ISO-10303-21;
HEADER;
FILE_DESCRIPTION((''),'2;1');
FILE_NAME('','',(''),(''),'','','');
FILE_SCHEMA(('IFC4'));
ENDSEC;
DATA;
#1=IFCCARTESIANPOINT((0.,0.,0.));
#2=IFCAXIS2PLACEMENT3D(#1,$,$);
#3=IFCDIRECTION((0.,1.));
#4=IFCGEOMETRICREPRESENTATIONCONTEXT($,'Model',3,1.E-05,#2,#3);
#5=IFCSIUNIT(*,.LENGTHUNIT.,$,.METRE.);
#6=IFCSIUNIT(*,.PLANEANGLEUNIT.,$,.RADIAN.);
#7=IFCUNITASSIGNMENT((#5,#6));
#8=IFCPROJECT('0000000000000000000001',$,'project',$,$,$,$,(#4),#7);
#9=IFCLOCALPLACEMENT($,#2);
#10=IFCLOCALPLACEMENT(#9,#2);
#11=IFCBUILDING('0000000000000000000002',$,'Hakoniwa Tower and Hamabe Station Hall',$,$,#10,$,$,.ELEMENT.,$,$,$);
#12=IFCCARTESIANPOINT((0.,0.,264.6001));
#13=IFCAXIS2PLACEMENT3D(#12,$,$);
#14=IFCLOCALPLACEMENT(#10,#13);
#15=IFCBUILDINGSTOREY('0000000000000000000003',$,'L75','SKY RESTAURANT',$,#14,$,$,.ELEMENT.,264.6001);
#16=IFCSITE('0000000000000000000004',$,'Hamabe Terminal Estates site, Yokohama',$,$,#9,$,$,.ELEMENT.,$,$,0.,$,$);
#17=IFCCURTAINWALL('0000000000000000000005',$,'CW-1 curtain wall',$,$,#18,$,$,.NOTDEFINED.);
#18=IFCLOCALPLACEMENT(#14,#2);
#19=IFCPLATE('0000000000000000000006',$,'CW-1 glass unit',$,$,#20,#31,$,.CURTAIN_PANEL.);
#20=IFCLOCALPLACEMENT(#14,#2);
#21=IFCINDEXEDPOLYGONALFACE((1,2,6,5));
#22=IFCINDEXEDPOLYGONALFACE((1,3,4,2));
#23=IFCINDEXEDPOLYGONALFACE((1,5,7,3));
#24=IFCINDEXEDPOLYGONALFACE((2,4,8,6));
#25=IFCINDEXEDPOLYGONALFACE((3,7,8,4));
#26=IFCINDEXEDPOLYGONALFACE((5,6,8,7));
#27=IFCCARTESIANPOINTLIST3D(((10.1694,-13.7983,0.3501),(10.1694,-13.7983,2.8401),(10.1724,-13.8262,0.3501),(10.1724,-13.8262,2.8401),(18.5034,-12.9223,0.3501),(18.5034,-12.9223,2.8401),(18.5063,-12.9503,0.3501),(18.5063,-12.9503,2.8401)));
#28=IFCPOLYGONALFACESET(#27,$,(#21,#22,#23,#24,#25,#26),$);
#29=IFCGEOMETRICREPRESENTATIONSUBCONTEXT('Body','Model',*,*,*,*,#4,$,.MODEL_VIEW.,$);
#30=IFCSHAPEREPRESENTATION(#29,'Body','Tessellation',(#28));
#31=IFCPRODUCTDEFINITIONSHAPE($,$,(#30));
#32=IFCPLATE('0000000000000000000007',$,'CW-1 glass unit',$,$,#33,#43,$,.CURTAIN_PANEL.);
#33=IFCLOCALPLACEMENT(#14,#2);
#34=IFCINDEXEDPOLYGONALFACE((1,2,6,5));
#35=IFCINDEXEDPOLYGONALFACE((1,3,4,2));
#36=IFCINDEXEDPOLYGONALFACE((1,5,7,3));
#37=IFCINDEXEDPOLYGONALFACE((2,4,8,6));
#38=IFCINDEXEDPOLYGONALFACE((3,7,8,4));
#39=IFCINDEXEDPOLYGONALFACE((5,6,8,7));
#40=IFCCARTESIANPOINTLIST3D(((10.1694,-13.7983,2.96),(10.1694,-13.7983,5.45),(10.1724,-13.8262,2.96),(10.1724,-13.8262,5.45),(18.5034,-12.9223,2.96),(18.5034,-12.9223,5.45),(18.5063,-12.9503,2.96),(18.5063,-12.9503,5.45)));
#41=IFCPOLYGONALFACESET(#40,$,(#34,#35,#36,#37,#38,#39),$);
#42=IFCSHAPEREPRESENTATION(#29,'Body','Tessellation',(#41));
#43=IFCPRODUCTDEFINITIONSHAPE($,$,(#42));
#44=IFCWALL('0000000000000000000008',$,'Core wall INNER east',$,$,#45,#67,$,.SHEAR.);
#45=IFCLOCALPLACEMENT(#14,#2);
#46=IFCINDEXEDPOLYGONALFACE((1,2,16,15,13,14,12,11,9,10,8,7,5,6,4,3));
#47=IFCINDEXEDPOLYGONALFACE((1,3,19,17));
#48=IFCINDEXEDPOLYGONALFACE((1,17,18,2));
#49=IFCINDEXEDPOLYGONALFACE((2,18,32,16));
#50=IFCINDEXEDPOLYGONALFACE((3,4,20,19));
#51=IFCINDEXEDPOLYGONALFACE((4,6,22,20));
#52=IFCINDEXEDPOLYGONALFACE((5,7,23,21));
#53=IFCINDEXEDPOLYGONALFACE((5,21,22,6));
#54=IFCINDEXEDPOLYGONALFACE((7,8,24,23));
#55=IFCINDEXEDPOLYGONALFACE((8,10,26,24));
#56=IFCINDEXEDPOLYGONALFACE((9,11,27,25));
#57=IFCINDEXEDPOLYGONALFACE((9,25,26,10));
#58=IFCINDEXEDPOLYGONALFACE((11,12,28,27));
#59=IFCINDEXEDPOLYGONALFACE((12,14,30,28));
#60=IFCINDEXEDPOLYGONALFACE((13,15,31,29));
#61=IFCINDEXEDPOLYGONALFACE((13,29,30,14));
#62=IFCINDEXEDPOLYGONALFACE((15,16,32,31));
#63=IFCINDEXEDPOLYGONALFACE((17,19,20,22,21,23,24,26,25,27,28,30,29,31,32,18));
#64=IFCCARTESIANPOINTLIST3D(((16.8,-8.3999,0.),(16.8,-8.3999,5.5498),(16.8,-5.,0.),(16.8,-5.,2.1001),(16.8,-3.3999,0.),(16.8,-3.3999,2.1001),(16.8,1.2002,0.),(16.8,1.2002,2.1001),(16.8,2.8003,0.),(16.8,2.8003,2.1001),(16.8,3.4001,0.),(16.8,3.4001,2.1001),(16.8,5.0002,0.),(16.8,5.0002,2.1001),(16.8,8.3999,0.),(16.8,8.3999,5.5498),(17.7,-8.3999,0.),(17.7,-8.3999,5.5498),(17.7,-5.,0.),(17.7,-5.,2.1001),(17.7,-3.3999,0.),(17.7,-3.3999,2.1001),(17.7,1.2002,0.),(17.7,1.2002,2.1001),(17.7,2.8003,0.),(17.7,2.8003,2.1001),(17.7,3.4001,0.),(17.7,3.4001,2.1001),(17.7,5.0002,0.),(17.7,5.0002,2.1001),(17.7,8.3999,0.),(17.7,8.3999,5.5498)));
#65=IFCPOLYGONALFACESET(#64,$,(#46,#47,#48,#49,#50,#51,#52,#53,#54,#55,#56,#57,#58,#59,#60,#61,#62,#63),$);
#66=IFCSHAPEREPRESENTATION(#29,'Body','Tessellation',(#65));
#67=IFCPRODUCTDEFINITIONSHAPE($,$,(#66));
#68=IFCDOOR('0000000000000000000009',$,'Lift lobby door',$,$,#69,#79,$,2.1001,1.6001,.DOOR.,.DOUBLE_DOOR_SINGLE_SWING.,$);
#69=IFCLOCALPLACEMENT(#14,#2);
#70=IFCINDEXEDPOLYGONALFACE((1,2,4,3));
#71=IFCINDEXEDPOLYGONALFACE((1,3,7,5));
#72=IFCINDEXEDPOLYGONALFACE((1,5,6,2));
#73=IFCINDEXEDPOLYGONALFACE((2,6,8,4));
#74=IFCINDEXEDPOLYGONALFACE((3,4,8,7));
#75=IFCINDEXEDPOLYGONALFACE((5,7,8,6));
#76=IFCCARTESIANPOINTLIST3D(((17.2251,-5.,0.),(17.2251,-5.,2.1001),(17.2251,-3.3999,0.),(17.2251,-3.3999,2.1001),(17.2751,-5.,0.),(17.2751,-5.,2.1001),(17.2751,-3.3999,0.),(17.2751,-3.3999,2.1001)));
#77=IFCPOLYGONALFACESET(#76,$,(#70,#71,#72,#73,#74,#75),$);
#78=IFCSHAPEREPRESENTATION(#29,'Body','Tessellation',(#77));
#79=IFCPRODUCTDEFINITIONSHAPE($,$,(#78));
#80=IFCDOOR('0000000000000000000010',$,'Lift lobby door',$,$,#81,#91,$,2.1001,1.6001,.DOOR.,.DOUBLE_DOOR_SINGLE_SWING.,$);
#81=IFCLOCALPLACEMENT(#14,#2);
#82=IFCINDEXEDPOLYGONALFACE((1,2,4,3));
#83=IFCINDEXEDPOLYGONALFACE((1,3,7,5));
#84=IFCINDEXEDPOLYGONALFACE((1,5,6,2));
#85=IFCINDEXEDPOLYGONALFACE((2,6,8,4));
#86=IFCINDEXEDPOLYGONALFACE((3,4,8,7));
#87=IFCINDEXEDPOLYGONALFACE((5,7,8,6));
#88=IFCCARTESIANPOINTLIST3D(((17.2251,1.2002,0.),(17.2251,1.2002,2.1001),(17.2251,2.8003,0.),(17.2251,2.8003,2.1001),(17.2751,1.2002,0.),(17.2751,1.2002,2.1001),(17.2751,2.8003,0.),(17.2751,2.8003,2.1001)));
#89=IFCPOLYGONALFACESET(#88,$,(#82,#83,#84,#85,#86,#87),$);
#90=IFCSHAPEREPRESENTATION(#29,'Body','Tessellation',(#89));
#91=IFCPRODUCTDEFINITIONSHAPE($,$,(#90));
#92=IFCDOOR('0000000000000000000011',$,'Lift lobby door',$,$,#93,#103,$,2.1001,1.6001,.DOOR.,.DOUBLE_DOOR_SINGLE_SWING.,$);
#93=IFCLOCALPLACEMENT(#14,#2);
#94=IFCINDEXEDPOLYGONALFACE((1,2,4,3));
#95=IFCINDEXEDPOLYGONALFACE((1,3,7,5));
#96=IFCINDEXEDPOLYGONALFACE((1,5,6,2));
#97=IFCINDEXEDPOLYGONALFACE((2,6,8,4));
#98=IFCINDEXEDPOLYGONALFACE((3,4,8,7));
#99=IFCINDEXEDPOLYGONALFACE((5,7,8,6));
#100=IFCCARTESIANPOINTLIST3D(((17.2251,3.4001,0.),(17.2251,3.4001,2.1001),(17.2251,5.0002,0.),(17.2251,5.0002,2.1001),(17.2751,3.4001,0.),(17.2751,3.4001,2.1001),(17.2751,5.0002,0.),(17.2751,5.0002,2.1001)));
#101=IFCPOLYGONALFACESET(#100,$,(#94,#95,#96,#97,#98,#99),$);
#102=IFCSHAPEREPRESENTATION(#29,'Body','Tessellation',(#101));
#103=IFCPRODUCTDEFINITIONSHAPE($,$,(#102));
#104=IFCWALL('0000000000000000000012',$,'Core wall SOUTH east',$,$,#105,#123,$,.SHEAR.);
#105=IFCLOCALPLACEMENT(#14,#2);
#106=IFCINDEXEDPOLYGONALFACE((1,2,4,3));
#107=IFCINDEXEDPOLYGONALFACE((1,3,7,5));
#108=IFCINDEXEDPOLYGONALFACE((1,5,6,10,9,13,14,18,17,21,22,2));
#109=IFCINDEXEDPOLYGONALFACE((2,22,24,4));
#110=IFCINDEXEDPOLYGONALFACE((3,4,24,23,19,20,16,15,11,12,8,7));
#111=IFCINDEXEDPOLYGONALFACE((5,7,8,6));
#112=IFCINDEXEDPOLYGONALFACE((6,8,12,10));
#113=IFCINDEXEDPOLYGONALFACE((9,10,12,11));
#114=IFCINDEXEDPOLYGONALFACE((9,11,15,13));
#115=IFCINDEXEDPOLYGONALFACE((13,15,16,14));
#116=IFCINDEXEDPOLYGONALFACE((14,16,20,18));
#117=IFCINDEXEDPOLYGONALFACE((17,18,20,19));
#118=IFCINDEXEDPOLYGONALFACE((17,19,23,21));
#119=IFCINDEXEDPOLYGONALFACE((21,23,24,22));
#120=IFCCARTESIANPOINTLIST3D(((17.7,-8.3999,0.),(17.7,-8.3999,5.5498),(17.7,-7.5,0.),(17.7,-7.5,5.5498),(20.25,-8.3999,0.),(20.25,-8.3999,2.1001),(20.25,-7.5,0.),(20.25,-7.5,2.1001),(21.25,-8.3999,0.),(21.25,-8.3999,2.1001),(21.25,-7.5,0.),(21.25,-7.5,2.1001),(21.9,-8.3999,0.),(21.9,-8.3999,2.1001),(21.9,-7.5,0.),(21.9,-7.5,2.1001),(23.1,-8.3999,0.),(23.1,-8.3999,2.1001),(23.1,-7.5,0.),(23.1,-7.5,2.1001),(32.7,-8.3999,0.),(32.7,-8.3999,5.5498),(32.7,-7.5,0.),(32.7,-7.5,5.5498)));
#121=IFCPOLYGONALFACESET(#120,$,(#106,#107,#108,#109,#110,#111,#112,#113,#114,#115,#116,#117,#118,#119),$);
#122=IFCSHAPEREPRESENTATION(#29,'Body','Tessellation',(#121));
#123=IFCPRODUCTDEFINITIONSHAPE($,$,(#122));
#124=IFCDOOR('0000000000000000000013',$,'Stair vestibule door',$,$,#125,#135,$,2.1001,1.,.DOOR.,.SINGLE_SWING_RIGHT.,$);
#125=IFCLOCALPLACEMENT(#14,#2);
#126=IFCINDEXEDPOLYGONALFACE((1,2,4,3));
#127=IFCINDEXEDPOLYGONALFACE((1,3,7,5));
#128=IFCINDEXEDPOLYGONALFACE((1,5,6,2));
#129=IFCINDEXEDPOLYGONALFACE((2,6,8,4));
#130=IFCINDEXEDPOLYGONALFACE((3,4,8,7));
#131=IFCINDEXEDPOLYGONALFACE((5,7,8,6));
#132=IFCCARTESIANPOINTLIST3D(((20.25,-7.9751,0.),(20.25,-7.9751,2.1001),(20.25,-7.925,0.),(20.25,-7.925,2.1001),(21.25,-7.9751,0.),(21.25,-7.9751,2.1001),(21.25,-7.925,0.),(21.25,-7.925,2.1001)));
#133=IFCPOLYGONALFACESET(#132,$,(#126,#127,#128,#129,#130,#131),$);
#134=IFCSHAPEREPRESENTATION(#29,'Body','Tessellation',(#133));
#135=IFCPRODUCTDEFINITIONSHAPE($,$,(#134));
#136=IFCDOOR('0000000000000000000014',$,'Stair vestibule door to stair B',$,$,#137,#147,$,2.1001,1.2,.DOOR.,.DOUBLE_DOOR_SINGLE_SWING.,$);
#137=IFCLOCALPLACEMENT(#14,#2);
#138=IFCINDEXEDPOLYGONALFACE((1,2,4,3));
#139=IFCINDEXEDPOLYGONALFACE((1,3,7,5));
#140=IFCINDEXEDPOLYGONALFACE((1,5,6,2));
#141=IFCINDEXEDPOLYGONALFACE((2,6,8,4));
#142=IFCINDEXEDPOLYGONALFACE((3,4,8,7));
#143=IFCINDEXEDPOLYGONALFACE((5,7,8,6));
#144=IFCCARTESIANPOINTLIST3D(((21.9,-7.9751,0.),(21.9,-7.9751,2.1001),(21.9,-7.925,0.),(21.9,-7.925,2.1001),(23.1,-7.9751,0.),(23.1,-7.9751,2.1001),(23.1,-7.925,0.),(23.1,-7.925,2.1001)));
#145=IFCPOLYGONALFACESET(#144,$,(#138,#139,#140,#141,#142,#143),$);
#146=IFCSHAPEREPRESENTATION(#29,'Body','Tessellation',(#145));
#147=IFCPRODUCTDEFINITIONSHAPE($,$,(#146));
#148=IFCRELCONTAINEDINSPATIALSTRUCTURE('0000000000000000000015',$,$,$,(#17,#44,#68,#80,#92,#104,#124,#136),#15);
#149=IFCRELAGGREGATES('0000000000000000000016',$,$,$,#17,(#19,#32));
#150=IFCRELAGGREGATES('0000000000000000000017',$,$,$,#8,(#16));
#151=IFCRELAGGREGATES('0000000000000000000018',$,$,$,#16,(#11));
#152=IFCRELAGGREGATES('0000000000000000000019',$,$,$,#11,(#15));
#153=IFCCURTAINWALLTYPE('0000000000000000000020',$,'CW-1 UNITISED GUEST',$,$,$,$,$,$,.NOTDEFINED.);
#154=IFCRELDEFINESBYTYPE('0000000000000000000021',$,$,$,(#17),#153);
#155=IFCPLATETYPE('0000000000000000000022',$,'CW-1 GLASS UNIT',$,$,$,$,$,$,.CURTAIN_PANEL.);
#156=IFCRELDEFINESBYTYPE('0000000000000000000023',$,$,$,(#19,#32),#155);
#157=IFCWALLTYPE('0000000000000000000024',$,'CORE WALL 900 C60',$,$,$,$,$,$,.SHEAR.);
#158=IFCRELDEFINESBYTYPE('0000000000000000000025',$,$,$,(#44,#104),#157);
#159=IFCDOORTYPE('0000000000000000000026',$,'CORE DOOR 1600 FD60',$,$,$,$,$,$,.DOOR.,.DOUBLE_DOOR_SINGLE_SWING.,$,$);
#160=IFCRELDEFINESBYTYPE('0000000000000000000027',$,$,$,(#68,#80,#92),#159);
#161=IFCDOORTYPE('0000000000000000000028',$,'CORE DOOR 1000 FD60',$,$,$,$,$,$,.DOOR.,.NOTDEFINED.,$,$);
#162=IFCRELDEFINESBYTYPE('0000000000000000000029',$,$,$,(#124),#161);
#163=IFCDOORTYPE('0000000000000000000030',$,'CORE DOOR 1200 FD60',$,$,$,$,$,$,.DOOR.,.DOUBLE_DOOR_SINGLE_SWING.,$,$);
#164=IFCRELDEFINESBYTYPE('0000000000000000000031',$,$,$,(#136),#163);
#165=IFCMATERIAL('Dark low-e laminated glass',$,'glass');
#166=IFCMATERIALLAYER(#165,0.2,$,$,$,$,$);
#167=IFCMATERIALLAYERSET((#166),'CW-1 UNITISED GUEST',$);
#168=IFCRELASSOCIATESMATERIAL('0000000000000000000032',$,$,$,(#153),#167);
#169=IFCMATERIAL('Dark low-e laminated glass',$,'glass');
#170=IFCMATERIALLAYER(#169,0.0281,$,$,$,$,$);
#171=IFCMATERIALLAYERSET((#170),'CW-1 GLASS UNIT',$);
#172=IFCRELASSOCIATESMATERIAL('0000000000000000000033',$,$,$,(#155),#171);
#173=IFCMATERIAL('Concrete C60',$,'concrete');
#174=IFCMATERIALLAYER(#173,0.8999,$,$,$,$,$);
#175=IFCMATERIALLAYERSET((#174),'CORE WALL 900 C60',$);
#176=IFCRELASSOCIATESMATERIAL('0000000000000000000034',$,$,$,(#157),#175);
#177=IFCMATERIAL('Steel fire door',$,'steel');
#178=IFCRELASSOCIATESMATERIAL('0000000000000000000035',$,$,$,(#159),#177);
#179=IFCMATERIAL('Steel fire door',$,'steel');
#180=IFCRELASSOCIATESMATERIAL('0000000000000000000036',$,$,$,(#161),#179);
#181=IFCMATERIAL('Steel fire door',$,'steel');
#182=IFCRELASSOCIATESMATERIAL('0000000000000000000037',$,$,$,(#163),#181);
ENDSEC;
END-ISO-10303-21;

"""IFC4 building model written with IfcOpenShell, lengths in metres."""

from ifc_helpers import new_model, si_unit, direction, frame, frame_2d, origin, origin_2d, place, context, subcontext, project, spatial, rectangle, extrude, material, layer, layer_set, type_object, element, fill, aggregate, save


model = new_model("IFC4")

# Units and contexts
model_context = context("Model", 3, precision=1e-05, world=origin(), true_north=direction((0.0, 1.0)))
body_context = subcontext(model_context, "Body", "Model", "MODEL_VIEW")
ifc_project = project(units=[si_unit("LENGTHUNIT", "METRE"), si_unit("PLANEANGLEUNIT", "RADIAN")], contexts=[model_context])

# Site, building, storey
site_placement = place(None, origin())
site = spatial("IfcSite", under=ifc_project, at=site_placement, Name="Hamabe Terminal Estates site, Yokohama", CompositionType="ELEMENT", RefElevation=0.0)
building_placement = place(site_placement, origin())
building = spatial("IfcBuilding", under=site, at=building_placement, Name="Hakoniwa Tower and Hamabe Station Hall", CompositionType="ELEMENT")
storey_placement = place(building_placement, frame((0.0, 0.0, 264.6001)))
storey = spatial("IfcBuildingStorey", under=building, at=storey_placement, Name="L75", Description="SKY RESTAURANT", CompositionType="ELEMENT", Elevation=264.6001)

# Curtain wall, plates
ifc_material_1 = material(Name="Dark low-e laminated glass", Category="glass")
ifc_layer_1 = layer(ifc_material_1, 0.2)
ifc_layer_set_1 = layer_set([ifc_layer_1], Name="CW-1 UNITISED GUEST")
curtain_wall_type = type_object("IfcCurtainWallType", Name="CW-1 UNITISED GUEST", PredefinedType="NOTDEFINED", material=ifc_layer_set_1)
curtain_wall_placement = place(storey_placement, origin())
curtain_wall = element("IfcCurtainWall", 1, at=curtain_wall_placement, inside=storey, type_object=curtain_wall_type, Name="CW-1 curtain wall", PredefinedType="NOTDEFINED")
ifc_material_2 = material(Name="Dark low-e laminated glass", Category="glass")
ifc_layer_2 = layer(ifc_material_2, 0.0281)
ifc_layer_set_2 = layer_set([ifc_layer_2], Name="CW-1 GLASS UNIT")
plate_type = type_object("IfcPlateType", Name="CW-1 GLASS UNIT", PredefinedType="CURTAIN_PANEL", material=ifc_layer_set_2)
plate_1_placement = place(storey_placement, frame((14.3379, -13.3743, 0.3501), z_axis=(0.0, 0.0, 1.0), x_axis=(0.994522, 0.104528, 0.0)))
plate_1 = element("IfcPlate", 2, at=plate_1_placement, type_object=plate_type, Name="CW-1 glass unit", PredefinedType="CURTAIN_PANEL", context=body_context, shape_type="SweptSolid", body=[
    extrude(rectangle(XDim=8.3799, YDim=0.0281, at=origin_2d()), origin(), (0.0, 0.0, 1.0), 2.49),
])
plate_2_placement = place(storey_placement, frame((14.3379, -13.3743, 2.96), z_axis=(0.0, 0.0, 1.0), x_axis=(0.994522, 0.104528, 0.0)))
plate_2 = element("IfcPlate", 3, at=plate_2_placement, type_object=plate_type, Name="CW-1 glass unit", PredefinedType="CURTAIN_PANEL", context=body_context, shape_type="SweptSolid", body=[
    extrude(rectangle(XDim=8.3799, YDim=0.0281, at=origin_2d()), origin(), (0.0, 0.0, 1.0), 2.49),
])
aggregate(curtain_wall, [plate_1, plate_2])

# Walls, openings, doors
ifc_material_3 = material(Name="Concrete C60", Category="concrete")
ifc_layer_3 = layer(ifc_material_3, 0.8999)
ifc_layer_set_3 = layer_set([ifc_layer_3], Name="CORE WALL 900 C60")
wall_type_1 = type_object("IfcWallType", Name="CORE WALL 900 C60", PredefinedType="SHEAR", material=ifc_layer_set_3)
wall_1_placement = place(storey_placement, frame((17.25, -8.3999, 0.0), z_axis=(0.0, 0.0, 1.0), x_axis=(0.0, 1.0, 0.0)))
wall_1 = element("IfcWall", 4, at=wall_1_placement, inside=storey, type_object=wall_type_1, Name="Core wall INNER east", PredefinedType="SHEAR", context=body_context, shape_type="SweptSolid", body=[
    extrude(rectangle(XDim=16.7998, YDim=0.8999, at=frame_2d((8.3999, 0.0))), origin(), (0.0, 0.0, 1.0), 5.5498),
])
opening_1_placement = place(wall_1_placement, frame((3.3999, 0.0, 0.0)))
opening_1 = element("IfcOpeningElement", 5, at=opening_1_placement, cuts=wall_1, PredefinedType="OPENING", context=body_context, shape_type="SweptSolid", body=[
    extrude(rectangle(XDim=1.6001, YDim=2.1001, at=frame_2d((0.8, 1.05))), frame((0.0, 0.46, 0.0), z_axis=(0.0, -1.0, 0.0), x_axis=(1.0, 0.0, 0.0)), (0.0, 0.0, 1.0), 0.9199),
])
opening_2_placement = place(wall_1_placement, frame((9.6001, 0.0, 0.0)))
opening_2 = element("IfcOpeningElement", 6, at=opening_2_placement, cuts=wall_1, PredefinedType="OPENING", context=body_context, shape_type="SweptSolid", body=[
    extrude(rectangle(XDim=1.6001, YDim=2.1001, at=frame_2d((0.8, 1.05))), frame((0.0, 0.46, 0.0), z_axis=(0.0, -1.0, 0.0), x_axis=(1.0, 0.0, 0.0)), (0.0, 0.0, 1.0), 0.9199),
])
opening_3_placement = place(wall_1_placement, frame((11.8, 0.0, 0.0)))
opening_3 = element("IfcOpeningElement", 7, at=opening_3_placement, cuts=wall_1, PredefinedType="OPENING", context=body_context, shape_type="SweptSolid", body=[
    extrude(rectangle(XDim=1.6001, YDim=2.1001, at=frame_2d((0.8, 1.05))), frame((0.0, 0.46, 0.0), z_axis=(0.0, -1.0, 0.0), x_axis=(1.0, 0.0, 0.0)), (0.0, 0.0, 1.0), 0.9199),
])
ifc_material_4 = material(Name="Steel fire door", Category="steel")
door_type_1 = type_object("IfcDoorType", Name="CORE DOOR 1600 FD60", OperationType="DOUBLE_DOOR_SINGLE_SWING", PredefinedType="DOOR", material=ifc_material_4)
door_1_placement = place(opening_1_placement, origin())
door_1 = element("IfcDoor", 8, at=door_1_placement, inside=storey, type_object=door_type_1, Name="Lift lobby door", OperationType="DOUBLE_DOOR_SINGLE_SWING", OverallHeight=2.1001, OverallWidth=1.6001, PredefinedType="DOOR", context=body_context, shape_type="SweptSolid", body=[
    extrude(rectangle(XDim=1.6001, YDim=2.1001, at=frame_2d((0.8, 1.05))), frame((0.0, 0.0249, 0.0), z_axis=(0.0, -1.0, 0.0), x_axis=(1.0, 0.0, 0.0)), (0.0, 0.0, 1.0), 0.05),
])
fill(opening_1, door_1)
door_2_placement = place(opening_2_placement, origin())
door_2 = element("IfcDoor", 9, at=door_2_placement, inside=storey, type_object=door_type_1, Name="Lift lobby door", OperationType="DOUBLE_DOOR_SINGLE_SWING", OverallHeight=2.1001, OverallWidth=1.6001, PredefinedType="DOOR", context=body_context, shape_type="SweptSolid", body=[
    extrude(rectangle(XDim=1.6001, YDim=2.1001, at=frame_2d((0.8, 1.05))), frame((0.0, 0.0249, 0.0), z_axis=(0.0, -1.0, 0.0), x_axis=(1.0, 0.0, 0.0)), (0.0, 0.0, 1.0), 0.05),
])
fill(opening_2, door_2)
door_3_placement = place(opening_3_placement, origin())
door_3 = element("IfcDoor", 10, at=door_3_placement, inside=storey, type_object=door_type_1, Name="Lift lobby door", OperationType="DOUBLE_DOOR_SINGLE_SWING", OverallHeight=2.1001, OverallWidth=1.6001, PredefinedType="DOOR", context=body_context, shape_type="SweptSolid", body=[
    extrude(rectangle(XDim=1.6001, YDim=2.1001, at=frame_2d((0.8, 1.05))), frame((0.0, 0.0249, 0.0), z_axis=(0.0, -1.0, 0.0), x_axis=(1.0, 0.0, 0.0)), (0.0, 0.0, 1.0), 0.05),
])
fill(opening_3, door_3)
wall_2_placement = place(storey_placement, frame((17.7, -7.95, 0.0), z_axis=(0.0, 0.0, 1.0), x_axis=(1.0, 0.0, 0.0)))
wall_2 = element("IfcWall", 11, at=wall_2_placement, inside=storey, type_object=wall_type_1, Name="Core wall SOUTH east", PredefinedType="SHEAR", context=body_context, shape_type="SweptSolid", body=[
    extrude(rectangle(XDim=15.0, YDim=0.8999, at=frame_2d((7.5, 0.0))), origin(), (0.0, 0.0, 1.0), 5.5498),
])
opening_4_placement = place(wall_2_placement, frame((2.55, 0.0, 0.0)))
opening_4 = element("IfcOpeningElement", 12, at=opening_4_placement, cuts=wall_2, PredefinedType="OPENING", context=body_context, shape_type="SweptSolid", body=[
    extrude(rectangle(XDim=1.0, YDim=2.1001, at=frame_2d((0.5, 1.05))), frame((0.0, 0.46, 0.0), z_axis=(0.0, -1.0, 0.0), x_axis=(1.0, 0.0, 0.0)), (0.0, 0.0, 1.0), 0.9199),
])
opening_5_placement = place(wall_2_placement, frame((4.2, 0.0, 0.0)))
opening_5 = element("IfcOpeningElement", 13, at=opening_5_placement, cuts=wall_2, PredefinedType="OPENING", context=body_context, shape_type="SweptSolid", body=[
    extrude(rectangle(XDim=1.2, YDim=2.1001, at=frame_2d((0.6001, 1.05))), frame((0.0, 0.46, 0.0), z_axis=(0.0, -1.0, 0.0), x_axis=(1.0, 0.0, 0.0)), (0.0, 0.0, 1.0), 0.9199),
])
ifc_material_5 = material(Name="Steel fire door", Category="steel")
door_type_2 = type_object("IfcDoorType", Name="CORE DOOR 1000 FD60", OperationType="NOTDEFINED", PredefinedType="DOOR", material=ifc_material_5)
door_4_placement = place(opening_4_placement, origin())
door_4 = element("IfcDoor", 14, at=door_4_placement, inside=storey, type_object=door_type_2, Name="Stair vestibule door", OperationType="SINGLE_SWING_RIGHT", OverallHeight=2.1001, OverallWidth=1.0, PredefinedType="DOOR", context=body_context, shape_type="SweptSolid", body=[
    extrude(rectangle(XDim=1.0, YDim=2.1001, at=frame_2d((0.5, 1.05))), frame((0.0, 0.0249, 0.0), z_axis=(0.0, -1.0, 0.0), x_axis=(1.0, 0.0, 0.0)), (0.0, 0.0, 1.0), 0.05),
])
fill(opening_4, door_4)
ifc_material_6 = material(Name="Steel fire door", Category="steel")
door_type_3 = type_object("IfcDoorType", Name="CORE DOOR 1200 FD60", OperationType="DOUBLE_DOOR_SINGLE_SWING", PredefinedType="DOOR", material=ifc_material_6)
door_5_placement = place(opening_5_placement, origin())
door_5 = element("IfcDoor", 15, at=door_5_placement, inside=storey, type_object=door_type_3, Name="Stair vestibule door to stair B", OperationType="DOUBLE_DOOR_SINGLE_SWING", OverallHeight=2.1001, OverallWidth=1.2, PredefinedType="DOOR", context=body_context, shape_type="SweptSolid", body=[
    extrude(rectangle(XDim=1.2, YDim=2.1001, at=frame_2d((0.6001, 1.05))), frame((0.0, 0.0249, 0.0), z_axis=(0.0, -1.0, 0.0), x_axis=(1.0, 0.0, 0.0)), (0.0, 0.0, 1.0), 0.05),
])
fill(opening_5, door_5)

save(model, "model.ifc")
